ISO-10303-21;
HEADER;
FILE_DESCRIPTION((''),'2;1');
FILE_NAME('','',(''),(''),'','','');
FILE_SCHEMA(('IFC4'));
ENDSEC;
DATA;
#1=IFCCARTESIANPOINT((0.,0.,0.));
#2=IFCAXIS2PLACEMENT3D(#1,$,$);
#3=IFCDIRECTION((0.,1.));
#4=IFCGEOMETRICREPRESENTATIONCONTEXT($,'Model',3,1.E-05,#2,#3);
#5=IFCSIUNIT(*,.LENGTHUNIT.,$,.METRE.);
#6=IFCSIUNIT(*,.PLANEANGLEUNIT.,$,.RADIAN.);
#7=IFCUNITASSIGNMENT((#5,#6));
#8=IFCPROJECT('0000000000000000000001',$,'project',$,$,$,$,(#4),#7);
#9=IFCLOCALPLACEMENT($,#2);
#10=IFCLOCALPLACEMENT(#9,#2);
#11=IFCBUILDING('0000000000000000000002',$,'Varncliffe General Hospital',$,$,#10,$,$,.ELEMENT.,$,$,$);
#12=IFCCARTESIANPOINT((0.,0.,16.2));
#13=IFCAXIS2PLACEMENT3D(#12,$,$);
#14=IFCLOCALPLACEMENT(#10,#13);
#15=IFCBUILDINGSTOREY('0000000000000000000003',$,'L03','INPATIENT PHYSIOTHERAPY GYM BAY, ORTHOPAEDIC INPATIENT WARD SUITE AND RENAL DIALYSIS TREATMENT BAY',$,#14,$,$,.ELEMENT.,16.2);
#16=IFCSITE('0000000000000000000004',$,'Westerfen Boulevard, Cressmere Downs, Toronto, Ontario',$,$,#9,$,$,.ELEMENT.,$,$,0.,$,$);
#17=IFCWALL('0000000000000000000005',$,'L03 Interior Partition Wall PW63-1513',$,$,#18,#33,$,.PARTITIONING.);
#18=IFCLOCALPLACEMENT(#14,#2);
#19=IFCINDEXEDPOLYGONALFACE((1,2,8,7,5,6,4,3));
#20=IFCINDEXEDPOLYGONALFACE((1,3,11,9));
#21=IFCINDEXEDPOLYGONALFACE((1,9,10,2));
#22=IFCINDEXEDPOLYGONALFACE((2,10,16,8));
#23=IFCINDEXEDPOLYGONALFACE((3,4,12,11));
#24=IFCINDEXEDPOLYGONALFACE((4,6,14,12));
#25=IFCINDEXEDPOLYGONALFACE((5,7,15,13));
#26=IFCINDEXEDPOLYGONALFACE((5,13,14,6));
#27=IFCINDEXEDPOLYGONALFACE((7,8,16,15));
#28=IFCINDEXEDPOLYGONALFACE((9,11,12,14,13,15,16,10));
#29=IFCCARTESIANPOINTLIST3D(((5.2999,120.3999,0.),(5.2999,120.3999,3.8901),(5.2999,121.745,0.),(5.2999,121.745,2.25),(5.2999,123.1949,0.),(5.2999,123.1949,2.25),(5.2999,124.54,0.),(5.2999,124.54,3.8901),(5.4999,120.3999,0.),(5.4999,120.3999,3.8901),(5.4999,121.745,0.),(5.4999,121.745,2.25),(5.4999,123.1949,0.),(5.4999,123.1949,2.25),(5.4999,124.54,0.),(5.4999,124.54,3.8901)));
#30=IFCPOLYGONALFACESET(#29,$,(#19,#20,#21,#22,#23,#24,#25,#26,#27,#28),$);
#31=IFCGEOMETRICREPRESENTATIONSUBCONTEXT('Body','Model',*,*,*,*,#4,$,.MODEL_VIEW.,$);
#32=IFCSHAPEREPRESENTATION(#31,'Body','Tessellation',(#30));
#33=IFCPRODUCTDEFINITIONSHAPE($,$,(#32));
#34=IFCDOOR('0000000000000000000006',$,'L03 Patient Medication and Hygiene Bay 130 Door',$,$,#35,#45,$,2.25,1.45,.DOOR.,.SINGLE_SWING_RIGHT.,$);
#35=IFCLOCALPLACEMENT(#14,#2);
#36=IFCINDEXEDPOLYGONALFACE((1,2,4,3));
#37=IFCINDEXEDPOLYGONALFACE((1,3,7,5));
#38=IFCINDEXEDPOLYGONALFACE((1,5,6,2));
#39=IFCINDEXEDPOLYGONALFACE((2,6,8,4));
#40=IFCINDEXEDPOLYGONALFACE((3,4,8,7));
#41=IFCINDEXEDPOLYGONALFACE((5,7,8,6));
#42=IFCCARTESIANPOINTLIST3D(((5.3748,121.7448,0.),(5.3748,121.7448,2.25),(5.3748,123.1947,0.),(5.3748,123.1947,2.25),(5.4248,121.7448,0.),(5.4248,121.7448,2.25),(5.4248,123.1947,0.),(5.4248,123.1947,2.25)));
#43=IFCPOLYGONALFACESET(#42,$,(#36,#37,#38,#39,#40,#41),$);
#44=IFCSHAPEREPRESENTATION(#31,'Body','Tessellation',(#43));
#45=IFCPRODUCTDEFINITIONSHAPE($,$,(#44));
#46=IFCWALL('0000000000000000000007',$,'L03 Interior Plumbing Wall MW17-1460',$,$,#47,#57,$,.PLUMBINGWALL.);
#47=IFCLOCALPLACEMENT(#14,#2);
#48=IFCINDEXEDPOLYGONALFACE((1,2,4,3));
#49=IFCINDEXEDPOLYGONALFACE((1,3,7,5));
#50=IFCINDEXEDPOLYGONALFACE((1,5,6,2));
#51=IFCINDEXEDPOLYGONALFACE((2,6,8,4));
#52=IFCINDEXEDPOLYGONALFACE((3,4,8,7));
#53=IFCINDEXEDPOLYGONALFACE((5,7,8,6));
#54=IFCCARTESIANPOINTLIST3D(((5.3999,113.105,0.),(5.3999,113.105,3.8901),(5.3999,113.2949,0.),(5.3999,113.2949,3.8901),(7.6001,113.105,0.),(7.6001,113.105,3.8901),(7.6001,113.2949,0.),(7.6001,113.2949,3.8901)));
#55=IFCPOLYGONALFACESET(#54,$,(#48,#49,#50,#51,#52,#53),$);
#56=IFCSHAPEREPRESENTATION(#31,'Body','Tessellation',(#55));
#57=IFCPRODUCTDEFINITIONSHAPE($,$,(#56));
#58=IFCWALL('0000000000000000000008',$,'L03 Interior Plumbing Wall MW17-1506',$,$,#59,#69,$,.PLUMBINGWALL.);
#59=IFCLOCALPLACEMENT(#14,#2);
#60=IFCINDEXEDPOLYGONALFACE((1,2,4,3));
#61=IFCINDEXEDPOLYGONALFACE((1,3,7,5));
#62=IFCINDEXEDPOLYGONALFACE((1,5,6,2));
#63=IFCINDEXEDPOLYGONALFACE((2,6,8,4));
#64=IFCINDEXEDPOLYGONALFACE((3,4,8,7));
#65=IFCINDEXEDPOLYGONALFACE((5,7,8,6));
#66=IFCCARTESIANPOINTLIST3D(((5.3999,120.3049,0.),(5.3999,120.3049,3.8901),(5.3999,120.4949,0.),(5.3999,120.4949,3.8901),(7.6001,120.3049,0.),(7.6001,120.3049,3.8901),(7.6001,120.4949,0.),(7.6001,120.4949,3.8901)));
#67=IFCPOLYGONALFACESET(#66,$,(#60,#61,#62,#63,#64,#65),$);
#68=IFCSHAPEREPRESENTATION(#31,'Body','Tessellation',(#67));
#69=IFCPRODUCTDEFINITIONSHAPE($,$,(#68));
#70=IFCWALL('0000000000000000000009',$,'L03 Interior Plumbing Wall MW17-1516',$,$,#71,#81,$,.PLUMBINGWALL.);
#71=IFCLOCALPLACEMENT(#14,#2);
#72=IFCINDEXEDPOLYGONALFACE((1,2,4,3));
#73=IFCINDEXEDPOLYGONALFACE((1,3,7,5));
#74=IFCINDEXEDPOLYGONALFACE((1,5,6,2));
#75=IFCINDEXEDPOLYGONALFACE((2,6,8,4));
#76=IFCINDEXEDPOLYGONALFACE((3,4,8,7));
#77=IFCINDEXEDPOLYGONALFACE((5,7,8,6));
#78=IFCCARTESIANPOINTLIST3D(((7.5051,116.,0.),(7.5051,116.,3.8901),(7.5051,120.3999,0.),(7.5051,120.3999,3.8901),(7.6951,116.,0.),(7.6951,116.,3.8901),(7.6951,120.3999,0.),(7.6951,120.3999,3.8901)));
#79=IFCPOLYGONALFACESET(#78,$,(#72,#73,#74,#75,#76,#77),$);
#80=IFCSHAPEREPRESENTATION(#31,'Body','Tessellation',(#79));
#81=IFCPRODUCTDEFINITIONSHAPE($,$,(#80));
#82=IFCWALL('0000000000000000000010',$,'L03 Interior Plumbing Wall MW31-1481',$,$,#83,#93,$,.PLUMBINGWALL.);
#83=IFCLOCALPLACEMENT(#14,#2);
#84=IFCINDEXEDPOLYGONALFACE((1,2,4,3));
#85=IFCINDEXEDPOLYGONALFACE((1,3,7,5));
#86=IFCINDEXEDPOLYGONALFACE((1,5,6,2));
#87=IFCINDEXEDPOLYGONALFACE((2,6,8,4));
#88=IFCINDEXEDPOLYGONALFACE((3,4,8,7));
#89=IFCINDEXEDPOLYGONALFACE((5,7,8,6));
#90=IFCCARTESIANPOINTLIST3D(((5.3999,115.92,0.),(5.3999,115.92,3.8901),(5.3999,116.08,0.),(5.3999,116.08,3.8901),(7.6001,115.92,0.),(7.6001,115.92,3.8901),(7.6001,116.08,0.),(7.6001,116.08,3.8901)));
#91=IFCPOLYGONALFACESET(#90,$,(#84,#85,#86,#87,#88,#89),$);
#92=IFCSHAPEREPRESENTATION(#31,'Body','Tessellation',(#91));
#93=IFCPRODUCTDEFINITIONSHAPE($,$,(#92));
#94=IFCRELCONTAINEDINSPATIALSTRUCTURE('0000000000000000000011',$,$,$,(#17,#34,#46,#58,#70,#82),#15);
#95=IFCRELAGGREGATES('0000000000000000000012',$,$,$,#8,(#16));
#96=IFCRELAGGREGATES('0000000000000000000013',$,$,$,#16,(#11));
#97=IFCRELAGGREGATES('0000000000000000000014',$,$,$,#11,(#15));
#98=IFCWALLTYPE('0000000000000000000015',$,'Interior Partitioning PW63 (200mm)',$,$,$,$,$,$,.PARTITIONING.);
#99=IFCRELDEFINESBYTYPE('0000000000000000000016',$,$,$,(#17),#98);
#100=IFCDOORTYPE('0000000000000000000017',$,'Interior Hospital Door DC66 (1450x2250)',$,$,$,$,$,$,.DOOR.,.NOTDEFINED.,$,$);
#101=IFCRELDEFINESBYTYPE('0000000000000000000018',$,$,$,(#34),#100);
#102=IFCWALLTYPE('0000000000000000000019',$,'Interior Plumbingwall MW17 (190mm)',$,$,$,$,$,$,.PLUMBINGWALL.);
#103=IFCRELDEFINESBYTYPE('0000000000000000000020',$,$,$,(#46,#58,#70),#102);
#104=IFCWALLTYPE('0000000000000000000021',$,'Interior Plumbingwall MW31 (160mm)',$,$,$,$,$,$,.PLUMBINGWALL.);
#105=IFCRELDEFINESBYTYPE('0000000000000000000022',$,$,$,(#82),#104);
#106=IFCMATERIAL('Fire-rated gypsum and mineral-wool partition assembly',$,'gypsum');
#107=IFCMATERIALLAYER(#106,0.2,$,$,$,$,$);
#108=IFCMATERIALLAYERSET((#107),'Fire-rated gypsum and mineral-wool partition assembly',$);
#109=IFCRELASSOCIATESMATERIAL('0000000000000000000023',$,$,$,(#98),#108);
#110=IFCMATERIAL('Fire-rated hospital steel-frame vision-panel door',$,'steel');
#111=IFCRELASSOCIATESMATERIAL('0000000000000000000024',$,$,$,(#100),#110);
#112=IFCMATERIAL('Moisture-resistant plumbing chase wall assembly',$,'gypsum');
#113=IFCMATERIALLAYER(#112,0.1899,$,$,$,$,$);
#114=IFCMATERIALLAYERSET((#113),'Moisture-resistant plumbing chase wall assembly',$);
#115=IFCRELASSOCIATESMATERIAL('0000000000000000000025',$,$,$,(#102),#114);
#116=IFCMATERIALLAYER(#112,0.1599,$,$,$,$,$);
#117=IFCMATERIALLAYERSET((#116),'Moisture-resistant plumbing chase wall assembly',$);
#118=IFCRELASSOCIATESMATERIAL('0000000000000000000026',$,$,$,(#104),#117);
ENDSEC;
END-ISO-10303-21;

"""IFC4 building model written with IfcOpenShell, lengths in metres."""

from ifc_helpers import new_model, si_unit, direction, frame, frame_2d, origin, place, context, subcontext, project, spatial, rectangle, extrude, material, layer, layer_set, type_object, element, fill, save


model = new_model("IFC4")

# Units and contexts
model_context = context("Model", 3, precision=1e-05, world=origin(), true_north=direction((0.0, 1.0)))
body_context = subcontext(model_context, "Body", "Model", "MODEL_VIEW")
ifc_project = project(units=[si_unit("LENGTHUNIT", "METRE"), si_unit("PLANEANGLEUNIT", "RADIAN")], contexts=[model_context])

# Site, building, storey
site_placement = place(None, origin())
site = spatial("IfcSite", under=ifc_project, at=site_placement, Name="Westerfen Boulevard, Cressmere Downs, Toronto, Ontario", CompositionType="ELEMENT", RefElevation=0.0)
building_placement = place(site_placement, origin())
building = spatial("IfcBuilding", under=site, at=building_placement, Name="Varncliffe General Hospital", CompositionType="ELEMENT")
storey_placement = place(building_placement, frame((0.0, 0.0, 16.2)))
storey = spatial("IfcBuildingStorey", under=building, at=storey_placement, Name="L03", Description="INPATIENT PHYSIOTHERAPY GYM BAY, ORTHOPAEDIC INPATIENT WARD SUITE AND RENAL DIALYSIS TREATMENT BAY", CompositionType="ELEMENT", Elevation=16.2)

# Wall, opening, door
ifc_material_1 = material(Name="Fire-rated gypsum and mineral-wool partition assembly", Category="gypsum")
ifc_layer_1 = layer(ifc_material_1, 0.2)
ifc_layer_set_1 = layer_set([ifc_layer_1], Name="Fire-rated gypsum and mineral-wool partition assembly")
wall_type_1 = type_object("IfcWallType", Name="Interior Partitioning PW63 (200mm)", PredefinedType="PARTITIONING", material=ifc_layer_set_1)
ifc_material_2 = material(Name="Fire-rated hospital steel-frame vision-panel door", Category="steel")
wall_1_placement = place(storey_placement, frame((5.3999, 120.3999, 0.0), z_axis=(0.0, 0.0, 1.0), x_axis=(0.0, 1.0, 0.0)))
wall_1 = element("IfcWall", 1, at=wall_1_placement, inside=storey, type_object=wall_type_1, Name="L03 Interior Partition Wall PW63-1513", PredefinedType="PARTITIONING", context=body_context, shape_type="SweptSolid", body=[
    extrude(rectangle(XDim=4.1401, YDim=0.2, at=frame_2d((2.0701, 0.0))), origin(), (0.0, 0.0, 1.0), 3.8901),
])
opening_1_placement = place(wall_1_placement, frame((1.345, 0.0, 0.0)))
opening_1 = element("IfcOpeningElement", 2, at=opening_1_placement, cuts=wall_1, PredefinedType="OPENING", context=body_context, shape_type="SweptSolid", body=[
    extrude(rectangle(XDim=1.45, YDim=2.25, at=frame_2d((0.7251, 1.125))), frame((0.0, 0.1099, 0.0), z_axis=(0.0, -1.0, 0.0), x_axis=(1.0, 0.0, 0.0)), (0.0, 0.0, 1.0), 0.22),
])
door_type_1 = type_object("IfcDoorType", Name="Interior Hospital Door DC66 (1450x2250)", OperationType="NOTDEFINED", PredefinedType="DOOR", material=ifc_material_2)
door_1_placement = place(opening_1_placement, frame((1.45, 0.0, 0.0), z_axis=(0.0, 0.0, 1.0), x_axis=(-1.0, 0.0, 0.0)))
door_1 = element("IfcDoor", 3, at=door_1_placement, inside=storey, type_object=door_type_1, Name="L03 Patient Medication and Hygiene Bay 130 Door", OperationType="SINGLE_SWING_RIGHT", OverallHeight=2.25, OverallWidth=1.45, PredefinedType="DOOR", context=body_context, shape_type="SweptSolid", body=[
    extrude(rectangle(XDim=1.45, YDim=2.25, at=frame_2d((0.7251, 1.125))), frame((0.0, 0.0249, 0.0), z_axis=(0.0, -1.0, 0.0), x_axis=(1.0, 0.0, 0.0)), (0.0, 0.0, 1.0), 0.05),
])
fill(opening_1, door_1)

# Walls
ifc_material_3 = material(Name="Moisture-resistant plumbing chase wall assembly", Category="gypsum")
ifc_layer_2 = layer(ifc_material_3, 0.1899)
ifc_layer_set_2 = layer_set([ifc_layer_2], Name="Moisture-resistant plumbing chase wall assembly")
wall_type_2 = type_object("IfcWallType", Name="Interior Plumbingwall MW17 (190mm)", PredefinedType="PLUMBINGWALL", material=ifc_layer_set_2)
for number, where, z_axis, x_axis, name in (
    (4, (5.3999, 113.2, 0.0), (0.0, 0.0, 1.0), (1.0, 0.0, 0.0), "L03 Interior Plumbing Wall MW17-1460"),
    (5, (5.3999, 120.3999, 0.0), (0.0, 0.0, 1.0), (1.0, 0.0, 0.0), "L03 Interior Plumbing Wall MW17-1506"),
):
    element("IfcWall", number, at=place(storey_placement, frame(where, z_axis=z_axis, x_axis=x_axis)), inside=storey, type_object=wall_type_2, Name=name, PredefinedType="PLUMBINGWALL", context=body_context, shape_type="SweptSolid", body=[
        extrude(rectangle(XDim=2.2002, YDim=0.1899, at=frame_2d((1.1001, 0.0))), origin(), (0.0, 0.0, 1.0), 3.8901),
    ])
wall_2_placement = place(storey_placement, frame((7.6001, 116.0, 0.0), z_axis=(0.0, 0.0, 1.0), x_axis=(0.0, 1.0, 0.0)))
element("IfcWall", 6, at=wall_2_placement, inside=storey, type_object=wall_type_2, Name="L03 Interior Plumbing Wall MW17-1516", PredefinedType="PLUMBINGWALL", context=body_context, shape_type="SweptSolid", body=[
    extrude(rectangle(XDim=4.3999, YDim=0.1899, at=frame_2d((2.2, 0.0))), origin(), (0.0, 0.0, 1.0), 3.8901),
])
ifc_layer_3 = layer(ifc_material_3, 0.1599)
ifc_layer_set_3 = layer_set([ifc_layer_3], Name="Moisture-resistant plumbing chase wall assembly")
wall_type_3 = type_object("IfcWallType", Name="Interior Plumbingwall MW31 (160mm)", PredefinedType="PLUMBINGWALL", material=ifc_layer_set_3)
wall_3_placement = place(storey_placement, frame((5.3999, 116.0, 0.0), z_axis=(0.0, 0.0, 1.0), x_axis=(1.0, 0.0, 0.0)))
element("IfcWall", 7, at=wall_3_placement, inside=storey, type_object=wall_type_3, Name="L03 Interior Plumbing Wall MW31-1481", PredefinedType="PLUMBINGWALL", context=body_context, shape_type="SweptSolid", body=[
    extrude(rectangle(XDim=2.2002, YDim=0.1599, at=frame_2d((1.1001, 0.0))), origin(), (0.0, 0.0, 1.0), 3.8901),
])

save(model, "model.ifc")
